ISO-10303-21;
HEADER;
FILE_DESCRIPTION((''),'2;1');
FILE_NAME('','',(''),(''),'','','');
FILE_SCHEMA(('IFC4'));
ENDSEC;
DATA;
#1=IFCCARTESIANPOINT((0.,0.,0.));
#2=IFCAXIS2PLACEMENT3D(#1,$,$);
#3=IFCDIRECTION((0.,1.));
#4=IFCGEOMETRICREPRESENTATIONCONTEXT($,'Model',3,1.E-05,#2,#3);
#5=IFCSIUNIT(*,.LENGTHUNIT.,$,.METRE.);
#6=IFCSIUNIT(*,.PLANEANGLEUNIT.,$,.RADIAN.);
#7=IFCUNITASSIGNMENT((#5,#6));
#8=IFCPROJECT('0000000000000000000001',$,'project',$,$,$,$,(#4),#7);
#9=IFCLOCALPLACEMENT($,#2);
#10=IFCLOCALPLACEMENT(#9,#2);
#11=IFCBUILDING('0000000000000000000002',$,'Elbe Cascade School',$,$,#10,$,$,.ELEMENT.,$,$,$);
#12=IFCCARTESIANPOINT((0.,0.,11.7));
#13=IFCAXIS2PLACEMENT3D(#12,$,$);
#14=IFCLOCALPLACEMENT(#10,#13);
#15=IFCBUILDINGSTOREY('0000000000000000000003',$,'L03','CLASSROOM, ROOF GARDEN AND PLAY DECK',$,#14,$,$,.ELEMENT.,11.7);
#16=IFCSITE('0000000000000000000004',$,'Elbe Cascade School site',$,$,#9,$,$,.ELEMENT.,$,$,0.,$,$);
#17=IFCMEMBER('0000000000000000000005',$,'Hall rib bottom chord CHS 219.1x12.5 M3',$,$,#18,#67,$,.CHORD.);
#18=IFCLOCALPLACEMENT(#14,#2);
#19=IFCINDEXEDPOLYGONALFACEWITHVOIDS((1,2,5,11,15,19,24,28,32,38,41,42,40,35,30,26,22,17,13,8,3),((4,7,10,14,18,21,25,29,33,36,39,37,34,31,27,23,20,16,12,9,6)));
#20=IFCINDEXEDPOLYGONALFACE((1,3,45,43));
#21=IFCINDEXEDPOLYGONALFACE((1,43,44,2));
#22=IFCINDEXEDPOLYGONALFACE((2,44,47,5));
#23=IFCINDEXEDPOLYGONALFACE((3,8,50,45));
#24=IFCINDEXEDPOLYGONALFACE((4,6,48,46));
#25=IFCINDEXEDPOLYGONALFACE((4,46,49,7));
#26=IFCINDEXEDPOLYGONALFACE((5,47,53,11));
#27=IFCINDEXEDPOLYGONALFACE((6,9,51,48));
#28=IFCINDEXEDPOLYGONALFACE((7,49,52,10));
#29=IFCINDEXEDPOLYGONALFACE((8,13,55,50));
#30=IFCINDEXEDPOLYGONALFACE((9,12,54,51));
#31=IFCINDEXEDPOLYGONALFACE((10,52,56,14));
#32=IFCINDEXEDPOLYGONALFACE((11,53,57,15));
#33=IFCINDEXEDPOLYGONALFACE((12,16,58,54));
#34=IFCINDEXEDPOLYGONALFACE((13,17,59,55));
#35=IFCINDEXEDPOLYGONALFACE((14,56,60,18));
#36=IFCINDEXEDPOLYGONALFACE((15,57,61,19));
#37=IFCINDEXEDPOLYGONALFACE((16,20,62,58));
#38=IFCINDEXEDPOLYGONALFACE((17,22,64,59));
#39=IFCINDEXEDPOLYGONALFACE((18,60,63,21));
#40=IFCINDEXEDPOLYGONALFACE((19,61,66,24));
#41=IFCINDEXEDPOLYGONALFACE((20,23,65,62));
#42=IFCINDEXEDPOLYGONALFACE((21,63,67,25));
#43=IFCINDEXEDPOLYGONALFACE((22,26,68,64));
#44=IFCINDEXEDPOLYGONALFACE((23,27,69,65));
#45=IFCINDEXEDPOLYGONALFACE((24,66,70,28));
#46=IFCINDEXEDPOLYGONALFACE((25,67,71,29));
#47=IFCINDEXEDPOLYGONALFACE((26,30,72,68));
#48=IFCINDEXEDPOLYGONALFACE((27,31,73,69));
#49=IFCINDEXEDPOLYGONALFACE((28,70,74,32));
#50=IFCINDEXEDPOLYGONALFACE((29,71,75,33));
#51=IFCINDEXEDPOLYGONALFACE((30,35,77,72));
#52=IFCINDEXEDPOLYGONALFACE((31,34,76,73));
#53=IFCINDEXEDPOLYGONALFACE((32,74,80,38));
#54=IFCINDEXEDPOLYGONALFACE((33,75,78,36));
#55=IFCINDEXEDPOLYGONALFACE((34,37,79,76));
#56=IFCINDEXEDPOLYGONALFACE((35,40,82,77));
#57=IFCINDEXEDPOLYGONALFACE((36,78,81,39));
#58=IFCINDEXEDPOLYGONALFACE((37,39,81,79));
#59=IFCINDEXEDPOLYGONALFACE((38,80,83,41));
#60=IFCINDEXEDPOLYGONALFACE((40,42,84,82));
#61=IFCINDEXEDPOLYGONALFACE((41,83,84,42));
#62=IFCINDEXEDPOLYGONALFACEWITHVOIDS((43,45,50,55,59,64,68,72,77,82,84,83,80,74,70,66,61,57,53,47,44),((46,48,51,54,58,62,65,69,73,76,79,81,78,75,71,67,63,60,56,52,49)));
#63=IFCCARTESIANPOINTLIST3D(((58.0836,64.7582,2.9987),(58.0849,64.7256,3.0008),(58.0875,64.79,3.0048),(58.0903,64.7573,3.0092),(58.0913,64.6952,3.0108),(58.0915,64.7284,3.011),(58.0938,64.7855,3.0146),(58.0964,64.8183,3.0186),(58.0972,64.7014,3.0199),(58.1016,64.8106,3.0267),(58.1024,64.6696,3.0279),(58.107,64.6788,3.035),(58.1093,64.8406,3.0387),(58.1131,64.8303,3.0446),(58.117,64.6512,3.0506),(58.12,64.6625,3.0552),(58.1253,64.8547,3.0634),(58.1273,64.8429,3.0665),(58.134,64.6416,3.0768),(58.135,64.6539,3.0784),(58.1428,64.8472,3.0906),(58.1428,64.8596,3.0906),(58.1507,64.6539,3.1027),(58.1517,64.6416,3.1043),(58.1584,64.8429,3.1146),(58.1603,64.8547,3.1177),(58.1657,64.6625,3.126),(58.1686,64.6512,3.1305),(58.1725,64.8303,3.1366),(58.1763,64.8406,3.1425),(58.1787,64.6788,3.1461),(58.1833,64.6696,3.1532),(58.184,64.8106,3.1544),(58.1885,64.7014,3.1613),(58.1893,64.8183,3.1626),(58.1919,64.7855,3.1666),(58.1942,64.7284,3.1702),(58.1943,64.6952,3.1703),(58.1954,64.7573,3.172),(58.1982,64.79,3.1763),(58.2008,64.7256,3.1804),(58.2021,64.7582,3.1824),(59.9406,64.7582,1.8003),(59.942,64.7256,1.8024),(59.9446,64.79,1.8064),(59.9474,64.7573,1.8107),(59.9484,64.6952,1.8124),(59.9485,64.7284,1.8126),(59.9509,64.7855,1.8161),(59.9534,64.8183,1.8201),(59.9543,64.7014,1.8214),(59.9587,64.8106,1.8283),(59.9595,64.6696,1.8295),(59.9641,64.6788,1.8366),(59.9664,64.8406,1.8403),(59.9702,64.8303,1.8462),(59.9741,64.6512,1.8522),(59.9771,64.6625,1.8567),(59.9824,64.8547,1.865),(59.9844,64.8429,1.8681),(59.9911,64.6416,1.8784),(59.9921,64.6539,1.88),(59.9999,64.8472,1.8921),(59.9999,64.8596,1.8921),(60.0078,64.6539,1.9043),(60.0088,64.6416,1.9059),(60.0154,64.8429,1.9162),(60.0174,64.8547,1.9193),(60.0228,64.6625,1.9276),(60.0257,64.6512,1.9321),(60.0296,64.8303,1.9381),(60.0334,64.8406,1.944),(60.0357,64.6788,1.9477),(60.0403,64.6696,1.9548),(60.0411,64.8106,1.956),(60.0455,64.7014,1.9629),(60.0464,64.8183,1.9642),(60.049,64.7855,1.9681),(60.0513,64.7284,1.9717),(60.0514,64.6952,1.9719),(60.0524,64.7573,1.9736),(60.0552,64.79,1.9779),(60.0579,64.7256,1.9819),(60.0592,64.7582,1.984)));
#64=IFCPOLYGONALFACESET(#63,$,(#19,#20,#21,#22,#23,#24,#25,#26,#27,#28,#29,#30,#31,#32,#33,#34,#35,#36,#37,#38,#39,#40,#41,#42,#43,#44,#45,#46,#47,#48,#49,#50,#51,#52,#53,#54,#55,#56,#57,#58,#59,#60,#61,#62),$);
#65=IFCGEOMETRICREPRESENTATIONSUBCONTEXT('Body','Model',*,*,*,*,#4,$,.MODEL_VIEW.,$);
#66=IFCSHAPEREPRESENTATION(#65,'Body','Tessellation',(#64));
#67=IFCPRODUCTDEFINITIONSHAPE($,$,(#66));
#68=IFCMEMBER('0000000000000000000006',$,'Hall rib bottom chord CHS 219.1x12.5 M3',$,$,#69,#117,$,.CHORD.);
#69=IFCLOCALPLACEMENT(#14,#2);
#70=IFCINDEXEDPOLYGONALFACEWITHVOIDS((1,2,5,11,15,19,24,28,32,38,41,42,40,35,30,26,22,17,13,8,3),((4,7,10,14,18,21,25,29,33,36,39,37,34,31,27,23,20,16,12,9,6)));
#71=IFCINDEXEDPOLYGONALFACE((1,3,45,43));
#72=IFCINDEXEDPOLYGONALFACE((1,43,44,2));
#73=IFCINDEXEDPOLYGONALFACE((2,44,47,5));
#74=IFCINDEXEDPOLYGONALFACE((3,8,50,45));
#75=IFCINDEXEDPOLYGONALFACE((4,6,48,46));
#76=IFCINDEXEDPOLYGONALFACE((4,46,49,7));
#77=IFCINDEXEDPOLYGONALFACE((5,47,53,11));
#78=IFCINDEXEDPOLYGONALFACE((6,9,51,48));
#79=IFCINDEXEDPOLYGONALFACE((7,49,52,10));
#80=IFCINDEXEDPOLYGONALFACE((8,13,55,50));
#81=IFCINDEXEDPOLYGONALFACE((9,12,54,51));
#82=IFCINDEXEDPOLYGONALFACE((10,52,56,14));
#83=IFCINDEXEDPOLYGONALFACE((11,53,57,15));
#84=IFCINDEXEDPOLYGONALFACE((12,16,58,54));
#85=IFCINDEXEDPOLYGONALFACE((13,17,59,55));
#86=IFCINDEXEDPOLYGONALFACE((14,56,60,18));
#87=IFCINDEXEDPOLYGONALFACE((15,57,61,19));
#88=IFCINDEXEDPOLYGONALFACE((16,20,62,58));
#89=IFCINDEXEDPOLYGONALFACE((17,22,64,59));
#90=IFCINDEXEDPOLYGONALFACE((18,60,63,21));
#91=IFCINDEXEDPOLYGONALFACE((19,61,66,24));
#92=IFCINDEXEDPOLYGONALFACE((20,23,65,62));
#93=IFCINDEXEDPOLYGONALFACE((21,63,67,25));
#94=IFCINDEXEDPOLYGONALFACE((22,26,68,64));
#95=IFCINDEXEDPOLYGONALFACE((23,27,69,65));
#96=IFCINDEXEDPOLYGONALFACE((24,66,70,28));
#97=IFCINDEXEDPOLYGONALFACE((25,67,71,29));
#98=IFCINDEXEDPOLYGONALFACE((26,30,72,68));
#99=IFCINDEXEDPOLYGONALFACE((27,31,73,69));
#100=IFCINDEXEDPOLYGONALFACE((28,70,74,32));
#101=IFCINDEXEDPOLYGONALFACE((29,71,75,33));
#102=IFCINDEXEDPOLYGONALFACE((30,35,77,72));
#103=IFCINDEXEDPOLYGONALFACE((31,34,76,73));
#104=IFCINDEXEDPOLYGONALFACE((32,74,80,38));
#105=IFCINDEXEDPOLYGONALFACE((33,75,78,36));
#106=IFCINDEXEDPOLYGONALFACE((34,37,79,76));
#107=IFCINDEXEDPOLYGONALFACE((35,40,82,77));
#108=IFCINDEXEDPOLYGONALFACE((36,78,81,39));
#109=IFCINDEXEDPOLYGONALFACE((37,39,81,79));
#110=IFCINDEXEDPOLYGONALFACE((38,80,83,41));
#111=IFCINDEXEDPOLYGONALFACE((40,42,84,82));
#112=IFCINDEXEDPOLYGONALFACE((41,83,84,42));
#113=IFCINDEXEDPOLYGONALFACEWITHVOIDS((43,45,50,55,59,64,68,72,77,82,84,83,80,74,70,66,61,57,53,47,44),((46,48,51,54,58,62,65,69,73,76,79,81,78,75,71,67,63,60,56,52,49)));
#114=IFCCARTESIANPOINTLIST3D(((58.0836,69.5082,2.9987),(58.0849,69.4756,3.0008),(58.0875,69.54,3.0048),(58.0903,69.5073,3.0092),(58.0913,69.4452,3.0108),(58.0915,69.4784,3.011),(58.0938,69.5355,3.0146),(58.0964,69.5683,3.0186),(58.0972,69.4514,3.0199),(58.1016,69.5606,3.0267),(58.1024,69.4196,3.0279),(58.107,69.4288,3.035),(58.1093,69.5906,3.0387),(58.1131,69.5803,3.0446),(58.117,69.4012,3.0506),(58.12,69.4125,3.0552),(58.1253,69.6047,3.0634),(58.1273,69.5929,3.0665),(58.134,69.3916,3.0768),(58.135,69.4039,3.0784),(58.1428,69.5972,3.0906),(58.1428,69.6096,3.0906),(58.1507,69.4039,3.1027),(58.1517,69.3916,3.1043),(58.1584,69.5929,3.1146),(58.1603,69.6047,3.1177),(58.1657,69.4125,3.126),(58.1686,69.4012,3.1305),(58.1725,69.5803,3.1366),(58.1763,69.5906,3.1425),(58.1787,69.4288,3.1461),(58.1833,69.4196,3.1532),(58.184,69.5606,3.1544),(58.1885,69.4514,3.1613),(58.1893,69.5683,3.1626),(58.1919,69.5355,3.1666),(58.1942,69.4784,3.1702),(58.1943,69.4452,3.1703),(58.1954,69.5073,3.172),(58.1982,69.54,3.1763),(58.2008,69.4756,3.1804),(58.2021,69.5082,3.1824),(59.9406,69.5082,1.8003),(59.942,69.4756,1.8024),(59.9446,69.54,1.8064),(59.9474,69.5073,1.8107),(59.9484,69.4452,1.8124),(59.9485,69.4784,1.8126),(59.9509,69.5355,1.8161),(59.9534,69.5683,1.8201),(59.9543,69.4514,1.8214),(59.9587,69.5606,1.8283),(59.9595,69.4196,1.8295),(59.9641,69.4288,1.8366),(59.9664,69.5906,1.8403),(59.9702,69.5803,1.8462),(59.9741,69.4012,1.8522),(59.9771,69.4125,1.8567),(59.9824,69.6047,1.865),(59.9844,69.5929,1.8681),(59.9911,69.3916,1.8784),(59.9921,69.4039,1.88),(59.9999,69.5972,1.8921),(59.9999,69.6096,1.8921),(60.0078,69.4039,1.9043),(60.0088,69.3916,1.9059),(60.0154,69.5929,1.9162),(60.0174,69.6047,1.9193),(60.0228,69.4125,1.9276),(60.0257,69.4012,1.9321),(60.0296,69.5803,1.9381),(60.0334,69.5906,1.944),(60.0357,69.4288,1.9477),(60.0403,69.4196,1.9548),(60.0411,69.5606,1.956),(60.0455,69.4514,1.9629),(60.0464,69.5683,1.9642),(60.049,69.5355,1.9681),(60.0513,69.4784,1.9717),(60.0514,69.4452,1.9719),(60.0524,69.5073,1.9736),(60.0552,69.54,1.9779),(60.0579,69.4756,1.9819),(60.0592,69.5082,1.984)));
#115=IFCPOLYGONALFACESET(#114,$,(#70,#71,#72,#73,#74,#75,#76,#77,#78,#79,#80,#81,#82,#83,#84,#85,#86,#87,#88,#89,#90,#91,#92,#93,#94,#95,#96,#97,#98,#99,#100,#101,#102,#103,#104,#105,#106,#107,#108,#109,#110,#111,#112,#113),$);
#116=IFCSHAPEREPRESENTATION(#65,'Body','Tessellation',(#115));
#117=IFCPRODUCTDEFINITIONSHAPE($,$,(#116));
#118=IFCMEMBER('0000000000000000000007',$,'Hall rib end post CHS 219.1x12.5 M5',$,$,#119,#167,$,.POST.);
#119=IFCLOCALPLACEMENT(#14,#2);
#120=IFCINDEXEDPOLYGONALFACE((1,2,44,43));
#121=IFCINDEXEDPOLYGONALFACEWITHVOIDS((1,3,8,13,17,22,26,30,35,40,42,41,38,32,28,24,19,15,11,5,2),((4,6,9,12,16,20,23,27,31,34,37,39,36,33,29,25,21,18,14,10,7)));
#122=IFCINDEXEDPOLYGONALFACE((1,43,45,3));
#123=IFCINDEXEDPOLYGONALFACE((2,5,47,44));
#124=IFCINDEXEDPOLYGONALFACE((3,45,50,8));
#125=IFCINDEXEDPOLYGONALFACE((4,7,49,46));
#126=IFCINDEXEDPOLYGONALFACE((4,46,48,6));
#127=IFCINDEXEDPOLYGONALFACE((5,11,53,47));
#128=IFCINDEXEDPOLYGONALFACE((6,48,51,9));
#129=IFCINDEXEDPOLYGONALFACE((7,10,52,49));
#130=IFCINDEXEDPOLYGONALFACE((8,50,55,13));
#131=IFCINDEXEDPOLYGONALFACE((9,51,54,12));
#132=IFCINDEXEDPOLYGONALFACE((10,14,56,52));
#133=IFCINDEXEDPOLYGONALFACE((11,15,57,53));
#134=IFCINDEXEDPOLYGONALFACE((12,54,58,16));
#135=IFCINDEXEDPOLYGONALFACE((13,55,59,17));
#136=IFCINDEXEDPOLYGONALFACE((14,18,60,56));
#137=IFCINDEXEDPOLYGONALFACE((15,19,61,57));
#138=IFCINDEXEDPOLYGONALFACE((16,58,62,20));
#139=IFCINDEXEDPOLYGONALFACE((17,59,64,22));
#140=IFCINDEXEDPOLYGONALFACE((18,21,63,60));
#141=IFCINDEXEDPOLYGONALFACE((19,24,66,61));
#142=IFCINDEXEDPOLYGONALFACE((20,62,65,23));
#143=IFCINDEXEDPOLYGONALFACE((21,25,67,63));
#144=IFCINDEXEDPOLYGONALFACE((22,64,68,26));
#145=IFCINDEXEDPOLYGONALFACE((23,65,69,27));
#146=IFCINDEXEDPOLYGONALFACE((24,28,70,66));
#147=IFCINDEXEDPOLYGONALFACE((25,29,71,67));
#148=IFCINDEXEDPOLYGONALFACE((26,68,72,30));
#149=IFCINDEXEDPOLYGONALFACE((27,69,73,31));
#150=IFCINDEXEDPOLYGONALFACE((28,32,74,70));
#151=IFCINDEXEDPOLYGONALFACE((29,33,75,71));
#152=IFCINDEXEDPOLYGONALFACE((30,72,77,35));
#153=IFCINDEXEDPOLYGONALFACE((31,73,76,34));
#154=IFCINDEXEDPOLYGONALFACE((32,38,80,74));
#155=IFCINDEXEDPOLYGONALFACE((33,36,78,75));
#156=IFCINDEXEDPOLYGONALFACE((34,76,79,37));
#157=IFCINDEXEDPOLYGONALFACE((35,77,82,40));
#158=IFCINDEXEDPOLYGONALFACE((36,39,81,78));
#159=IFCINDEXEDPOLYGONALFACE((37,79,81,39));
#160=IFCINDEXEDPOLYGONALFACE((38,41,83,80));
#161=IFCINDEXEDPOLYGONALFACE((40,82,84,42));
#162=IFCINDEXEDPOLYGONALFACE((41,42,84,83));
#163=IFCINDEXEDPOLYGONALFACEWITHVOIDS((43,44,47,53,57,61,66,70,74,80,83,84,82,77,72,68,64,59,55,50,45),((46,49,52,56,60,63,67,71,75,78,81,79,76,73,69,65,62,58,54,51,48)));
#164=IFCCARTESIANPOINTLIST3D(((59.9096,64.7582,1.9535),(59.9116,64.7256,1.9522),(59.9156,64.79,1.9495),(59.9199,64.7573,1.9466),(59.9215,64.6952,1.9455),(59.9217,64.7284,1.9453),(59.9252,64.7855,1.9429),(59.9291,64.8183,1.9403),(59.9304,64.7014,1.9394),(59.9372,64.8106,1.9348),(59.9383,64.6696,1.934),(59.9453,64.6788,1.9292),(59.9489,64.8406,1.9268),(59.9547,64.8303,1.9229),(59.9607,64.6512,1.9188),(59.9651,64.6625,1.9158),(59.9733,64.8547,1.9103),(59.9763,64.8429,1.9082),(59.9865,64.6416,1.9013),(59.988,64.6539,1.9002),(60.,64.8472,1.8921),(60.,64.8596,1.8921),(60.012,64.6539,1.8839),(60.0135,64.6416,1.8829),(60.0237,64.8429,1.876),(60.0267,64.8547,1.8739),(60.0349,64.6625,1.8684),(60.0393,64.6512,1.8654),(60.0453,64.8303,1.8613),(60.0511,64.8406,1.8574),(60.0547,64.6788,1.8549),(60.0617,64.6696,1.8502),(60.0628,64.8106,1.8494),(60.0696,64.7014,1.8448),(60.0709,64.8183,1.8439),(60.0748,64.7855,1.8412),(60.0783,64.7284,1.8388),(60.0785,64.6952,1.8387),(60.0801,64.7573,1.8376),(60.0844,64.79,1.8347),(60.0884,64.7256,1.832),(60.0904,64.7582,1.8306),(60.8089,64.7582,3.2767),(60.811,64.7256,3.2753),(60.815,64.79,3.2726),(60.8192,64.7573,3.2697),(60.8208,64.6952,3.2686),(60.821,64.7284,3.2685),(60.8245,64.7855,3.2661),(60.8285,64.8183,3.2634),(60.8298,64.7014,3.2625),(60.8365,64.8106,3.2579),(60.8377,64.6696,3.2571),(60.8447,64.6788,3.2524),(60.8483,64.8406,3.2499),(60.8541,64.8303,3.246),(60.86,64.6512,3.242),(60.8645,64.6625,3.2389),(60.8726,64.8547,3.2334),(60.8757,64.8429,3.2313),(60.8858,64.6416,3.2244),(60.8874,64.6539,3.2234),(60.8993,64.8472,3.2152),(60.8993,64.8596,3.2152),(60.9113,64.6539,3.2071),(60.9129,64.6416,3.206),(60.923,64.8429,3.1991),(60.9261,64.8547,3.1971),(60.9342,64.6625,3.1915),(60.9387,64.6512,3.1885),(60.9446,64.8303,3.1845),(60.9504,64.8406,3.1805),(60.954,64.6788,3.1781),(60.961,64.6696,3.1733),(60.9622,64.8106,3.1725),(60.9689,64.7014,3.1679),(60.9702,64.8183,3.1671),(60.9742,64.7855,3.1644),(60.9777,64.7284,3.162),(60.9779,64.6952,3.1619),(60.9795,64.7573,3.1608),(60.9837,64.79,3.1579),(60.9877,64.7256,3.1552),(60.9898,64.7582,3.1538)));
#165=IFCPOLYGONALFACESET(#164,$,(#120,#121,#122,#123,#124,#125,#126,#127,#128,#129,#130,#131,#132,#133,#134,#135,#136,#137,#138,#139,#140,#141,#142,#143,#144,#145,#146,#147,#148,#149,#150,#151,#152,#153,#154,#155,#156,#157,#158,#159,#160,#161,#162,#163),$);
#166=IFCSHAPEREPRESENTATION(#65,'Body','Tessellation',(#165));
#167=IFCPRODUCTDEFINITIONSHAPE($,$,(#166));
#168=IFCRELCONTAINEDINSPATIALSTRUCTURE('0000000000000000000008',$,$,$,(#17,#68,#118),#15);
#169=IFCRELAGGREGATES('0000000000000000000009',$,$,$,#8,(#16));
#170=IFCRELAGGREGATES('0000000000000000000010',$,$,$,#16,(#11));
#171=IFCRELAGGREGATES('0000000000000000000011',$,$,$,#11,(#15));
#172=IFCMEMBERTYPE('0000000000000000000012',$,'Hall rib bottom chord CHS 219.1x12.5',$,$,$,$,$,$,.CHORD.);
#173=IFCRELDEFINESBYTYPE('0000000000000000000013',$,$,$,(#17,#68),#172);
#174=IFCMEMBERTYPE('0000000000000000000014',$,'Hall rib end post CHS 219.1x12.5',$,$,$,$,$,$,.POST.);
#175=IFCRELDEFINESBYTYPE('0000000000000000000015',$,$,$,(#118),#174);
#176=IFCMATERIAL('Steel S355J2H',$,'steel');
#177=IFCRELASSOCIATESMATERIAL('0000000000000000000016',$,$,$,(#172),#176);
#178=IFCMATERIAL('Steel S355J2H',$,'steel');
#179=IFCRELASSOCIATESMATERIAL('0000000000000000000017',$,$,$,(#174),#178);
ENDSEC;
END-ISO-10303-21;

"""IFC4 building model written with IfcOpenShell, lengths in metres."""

from ifc_helpers import new_model, si_unit, direction, frame, origin, origin_2d, place, context, subcontext, project, spatial, hollow_circle, extrude, material, material_profile, profile_set, type_object, element, save


model = new_model("IFC4")

# Units and contexts
model_context = context("Model", 3, precision=1e-05, world=origin(), true_north=direction((0.0, 1.0)))
body_context = subcontext(model_context, "Body", "Model", "MODEL_VIEW")
ifc_project = project(units=[si_unit("LENGTHUNIT", "METRE"), si_unit("PLANEANGLEUNIT", "RADIAN")], contexts=[model_context])

# Site, building, storey
site_placement = place(None, origin())
site = spatial("IfcSite", under=ifc_project, at=site_placement, Name="Elbe Cascade School site", CompositionType="ELEMENT", RefElevation=0.0)
building_placement = place(site_placement, origin())
building = spatial("IfcBuilding", under=site, at=building_placement, Name="Elbe Cascade School", CompositionType="ELEMENT")
storey_placement = place(building_placement, frame((0.0, 0.0, 11.7)))
storey = spatial("IfcBuildingStorey", under=building, at=storey_placement, Name="L03", Description="CLASSROOM, ROOF GARDEN AND PLAY DECK", CompositionType="ELEMENT", Elevation=11.7)

# Members
ifc_material_1 = material(Name="Steel S355J2H", Category="steel")
ifc_material_profile_1 = material_profile(ifc_material_1, hollow_circle(Radius=0.1096, WallThickness=0.0125, at=origin_2d()), Name="CHS 219.1x12.5")
ifc_profile_set_1 = profile_set([ifc_material_profile_1], Name="Steel S355J2H")
member_type_1 = type_object("IfcMemberType", Name="Hall rib bottom chord CHS 219.1x12.5", PredefinedType="CHORD", material=ifc_profile_set_1)
for number, where, z_axis, x_axis, name in (
    (1, (58.1428, 64.75, 3.0906), (0.840233, 0.0, -0.542225), (0.0, 1.0, 0.0), "Hall rib bottom chord CHS 219.1x12.5 M3"),
    (2, (58.1428, 69.5, 3.0906), (0.840233, 0.0, -0.542225), (0.0, 1.0, 0.0), "Hall rib bottom chord CHS 219.1x12.5 M3"),
):
    element("IfcMember", number, at=place(storey_placement, frame(where, z_axis=z_axis, x_axis=x_axis)), inside=storey, type_object=member_type_1, Name=name, PredefinedType="CHORD", context=body_context, shape_type="SweptSolid", body=[
        extrude(hollow_circle(Radius=0.1096, WallThickness=0.0125, at=origin_2d()), origin(), (0.0, 0.0, 1.0), 2.2102),
    ])
ifc_material_2 = material(Name="Steel S355J2H", Category="steel")
ifc_material_profile_2 = material_profile(ifc_material_2, hollow_circle(Radius=0.1096, WallThickness=0.0125, at=origin_2d()), Name="CHS 219.1x12.5")
ifc_profile_set_2 = profile_set([ifc_material_profile_2], Name="Steel S355J2H")
member_type_2 = type_object("IfcMemberType", Name="Hall rib end post CHS 219.1x12.5", PredefinedType="POST", material=ifc_profile_set_2)
for number, where, z_axis, x_axis, name in (
    (3, (60.0, 64.75, 1.8921), (0.562143, 0.0, 0.82704), (0.0, 1.0, 0.0), "Hall rib end post CHS 219.1x12.5 M5"),
):
    element("IfcMember", number, at=place(storey_placement, frame(where, z_axis=z_axis, x_axis=x_axis)), inside=storey, type_object=member_type_2, Name=name, PredefinedType="POST", context=body_context, shape_type="SweptSolid", body=[
        extrude(hollow_circle(Radius=0.1096, WallThickness=0.0125, at=origin_2d()), origin(), (0.0, 0.0, 1.0), 1.5999),
    ])

save(model, "model.ifc")
